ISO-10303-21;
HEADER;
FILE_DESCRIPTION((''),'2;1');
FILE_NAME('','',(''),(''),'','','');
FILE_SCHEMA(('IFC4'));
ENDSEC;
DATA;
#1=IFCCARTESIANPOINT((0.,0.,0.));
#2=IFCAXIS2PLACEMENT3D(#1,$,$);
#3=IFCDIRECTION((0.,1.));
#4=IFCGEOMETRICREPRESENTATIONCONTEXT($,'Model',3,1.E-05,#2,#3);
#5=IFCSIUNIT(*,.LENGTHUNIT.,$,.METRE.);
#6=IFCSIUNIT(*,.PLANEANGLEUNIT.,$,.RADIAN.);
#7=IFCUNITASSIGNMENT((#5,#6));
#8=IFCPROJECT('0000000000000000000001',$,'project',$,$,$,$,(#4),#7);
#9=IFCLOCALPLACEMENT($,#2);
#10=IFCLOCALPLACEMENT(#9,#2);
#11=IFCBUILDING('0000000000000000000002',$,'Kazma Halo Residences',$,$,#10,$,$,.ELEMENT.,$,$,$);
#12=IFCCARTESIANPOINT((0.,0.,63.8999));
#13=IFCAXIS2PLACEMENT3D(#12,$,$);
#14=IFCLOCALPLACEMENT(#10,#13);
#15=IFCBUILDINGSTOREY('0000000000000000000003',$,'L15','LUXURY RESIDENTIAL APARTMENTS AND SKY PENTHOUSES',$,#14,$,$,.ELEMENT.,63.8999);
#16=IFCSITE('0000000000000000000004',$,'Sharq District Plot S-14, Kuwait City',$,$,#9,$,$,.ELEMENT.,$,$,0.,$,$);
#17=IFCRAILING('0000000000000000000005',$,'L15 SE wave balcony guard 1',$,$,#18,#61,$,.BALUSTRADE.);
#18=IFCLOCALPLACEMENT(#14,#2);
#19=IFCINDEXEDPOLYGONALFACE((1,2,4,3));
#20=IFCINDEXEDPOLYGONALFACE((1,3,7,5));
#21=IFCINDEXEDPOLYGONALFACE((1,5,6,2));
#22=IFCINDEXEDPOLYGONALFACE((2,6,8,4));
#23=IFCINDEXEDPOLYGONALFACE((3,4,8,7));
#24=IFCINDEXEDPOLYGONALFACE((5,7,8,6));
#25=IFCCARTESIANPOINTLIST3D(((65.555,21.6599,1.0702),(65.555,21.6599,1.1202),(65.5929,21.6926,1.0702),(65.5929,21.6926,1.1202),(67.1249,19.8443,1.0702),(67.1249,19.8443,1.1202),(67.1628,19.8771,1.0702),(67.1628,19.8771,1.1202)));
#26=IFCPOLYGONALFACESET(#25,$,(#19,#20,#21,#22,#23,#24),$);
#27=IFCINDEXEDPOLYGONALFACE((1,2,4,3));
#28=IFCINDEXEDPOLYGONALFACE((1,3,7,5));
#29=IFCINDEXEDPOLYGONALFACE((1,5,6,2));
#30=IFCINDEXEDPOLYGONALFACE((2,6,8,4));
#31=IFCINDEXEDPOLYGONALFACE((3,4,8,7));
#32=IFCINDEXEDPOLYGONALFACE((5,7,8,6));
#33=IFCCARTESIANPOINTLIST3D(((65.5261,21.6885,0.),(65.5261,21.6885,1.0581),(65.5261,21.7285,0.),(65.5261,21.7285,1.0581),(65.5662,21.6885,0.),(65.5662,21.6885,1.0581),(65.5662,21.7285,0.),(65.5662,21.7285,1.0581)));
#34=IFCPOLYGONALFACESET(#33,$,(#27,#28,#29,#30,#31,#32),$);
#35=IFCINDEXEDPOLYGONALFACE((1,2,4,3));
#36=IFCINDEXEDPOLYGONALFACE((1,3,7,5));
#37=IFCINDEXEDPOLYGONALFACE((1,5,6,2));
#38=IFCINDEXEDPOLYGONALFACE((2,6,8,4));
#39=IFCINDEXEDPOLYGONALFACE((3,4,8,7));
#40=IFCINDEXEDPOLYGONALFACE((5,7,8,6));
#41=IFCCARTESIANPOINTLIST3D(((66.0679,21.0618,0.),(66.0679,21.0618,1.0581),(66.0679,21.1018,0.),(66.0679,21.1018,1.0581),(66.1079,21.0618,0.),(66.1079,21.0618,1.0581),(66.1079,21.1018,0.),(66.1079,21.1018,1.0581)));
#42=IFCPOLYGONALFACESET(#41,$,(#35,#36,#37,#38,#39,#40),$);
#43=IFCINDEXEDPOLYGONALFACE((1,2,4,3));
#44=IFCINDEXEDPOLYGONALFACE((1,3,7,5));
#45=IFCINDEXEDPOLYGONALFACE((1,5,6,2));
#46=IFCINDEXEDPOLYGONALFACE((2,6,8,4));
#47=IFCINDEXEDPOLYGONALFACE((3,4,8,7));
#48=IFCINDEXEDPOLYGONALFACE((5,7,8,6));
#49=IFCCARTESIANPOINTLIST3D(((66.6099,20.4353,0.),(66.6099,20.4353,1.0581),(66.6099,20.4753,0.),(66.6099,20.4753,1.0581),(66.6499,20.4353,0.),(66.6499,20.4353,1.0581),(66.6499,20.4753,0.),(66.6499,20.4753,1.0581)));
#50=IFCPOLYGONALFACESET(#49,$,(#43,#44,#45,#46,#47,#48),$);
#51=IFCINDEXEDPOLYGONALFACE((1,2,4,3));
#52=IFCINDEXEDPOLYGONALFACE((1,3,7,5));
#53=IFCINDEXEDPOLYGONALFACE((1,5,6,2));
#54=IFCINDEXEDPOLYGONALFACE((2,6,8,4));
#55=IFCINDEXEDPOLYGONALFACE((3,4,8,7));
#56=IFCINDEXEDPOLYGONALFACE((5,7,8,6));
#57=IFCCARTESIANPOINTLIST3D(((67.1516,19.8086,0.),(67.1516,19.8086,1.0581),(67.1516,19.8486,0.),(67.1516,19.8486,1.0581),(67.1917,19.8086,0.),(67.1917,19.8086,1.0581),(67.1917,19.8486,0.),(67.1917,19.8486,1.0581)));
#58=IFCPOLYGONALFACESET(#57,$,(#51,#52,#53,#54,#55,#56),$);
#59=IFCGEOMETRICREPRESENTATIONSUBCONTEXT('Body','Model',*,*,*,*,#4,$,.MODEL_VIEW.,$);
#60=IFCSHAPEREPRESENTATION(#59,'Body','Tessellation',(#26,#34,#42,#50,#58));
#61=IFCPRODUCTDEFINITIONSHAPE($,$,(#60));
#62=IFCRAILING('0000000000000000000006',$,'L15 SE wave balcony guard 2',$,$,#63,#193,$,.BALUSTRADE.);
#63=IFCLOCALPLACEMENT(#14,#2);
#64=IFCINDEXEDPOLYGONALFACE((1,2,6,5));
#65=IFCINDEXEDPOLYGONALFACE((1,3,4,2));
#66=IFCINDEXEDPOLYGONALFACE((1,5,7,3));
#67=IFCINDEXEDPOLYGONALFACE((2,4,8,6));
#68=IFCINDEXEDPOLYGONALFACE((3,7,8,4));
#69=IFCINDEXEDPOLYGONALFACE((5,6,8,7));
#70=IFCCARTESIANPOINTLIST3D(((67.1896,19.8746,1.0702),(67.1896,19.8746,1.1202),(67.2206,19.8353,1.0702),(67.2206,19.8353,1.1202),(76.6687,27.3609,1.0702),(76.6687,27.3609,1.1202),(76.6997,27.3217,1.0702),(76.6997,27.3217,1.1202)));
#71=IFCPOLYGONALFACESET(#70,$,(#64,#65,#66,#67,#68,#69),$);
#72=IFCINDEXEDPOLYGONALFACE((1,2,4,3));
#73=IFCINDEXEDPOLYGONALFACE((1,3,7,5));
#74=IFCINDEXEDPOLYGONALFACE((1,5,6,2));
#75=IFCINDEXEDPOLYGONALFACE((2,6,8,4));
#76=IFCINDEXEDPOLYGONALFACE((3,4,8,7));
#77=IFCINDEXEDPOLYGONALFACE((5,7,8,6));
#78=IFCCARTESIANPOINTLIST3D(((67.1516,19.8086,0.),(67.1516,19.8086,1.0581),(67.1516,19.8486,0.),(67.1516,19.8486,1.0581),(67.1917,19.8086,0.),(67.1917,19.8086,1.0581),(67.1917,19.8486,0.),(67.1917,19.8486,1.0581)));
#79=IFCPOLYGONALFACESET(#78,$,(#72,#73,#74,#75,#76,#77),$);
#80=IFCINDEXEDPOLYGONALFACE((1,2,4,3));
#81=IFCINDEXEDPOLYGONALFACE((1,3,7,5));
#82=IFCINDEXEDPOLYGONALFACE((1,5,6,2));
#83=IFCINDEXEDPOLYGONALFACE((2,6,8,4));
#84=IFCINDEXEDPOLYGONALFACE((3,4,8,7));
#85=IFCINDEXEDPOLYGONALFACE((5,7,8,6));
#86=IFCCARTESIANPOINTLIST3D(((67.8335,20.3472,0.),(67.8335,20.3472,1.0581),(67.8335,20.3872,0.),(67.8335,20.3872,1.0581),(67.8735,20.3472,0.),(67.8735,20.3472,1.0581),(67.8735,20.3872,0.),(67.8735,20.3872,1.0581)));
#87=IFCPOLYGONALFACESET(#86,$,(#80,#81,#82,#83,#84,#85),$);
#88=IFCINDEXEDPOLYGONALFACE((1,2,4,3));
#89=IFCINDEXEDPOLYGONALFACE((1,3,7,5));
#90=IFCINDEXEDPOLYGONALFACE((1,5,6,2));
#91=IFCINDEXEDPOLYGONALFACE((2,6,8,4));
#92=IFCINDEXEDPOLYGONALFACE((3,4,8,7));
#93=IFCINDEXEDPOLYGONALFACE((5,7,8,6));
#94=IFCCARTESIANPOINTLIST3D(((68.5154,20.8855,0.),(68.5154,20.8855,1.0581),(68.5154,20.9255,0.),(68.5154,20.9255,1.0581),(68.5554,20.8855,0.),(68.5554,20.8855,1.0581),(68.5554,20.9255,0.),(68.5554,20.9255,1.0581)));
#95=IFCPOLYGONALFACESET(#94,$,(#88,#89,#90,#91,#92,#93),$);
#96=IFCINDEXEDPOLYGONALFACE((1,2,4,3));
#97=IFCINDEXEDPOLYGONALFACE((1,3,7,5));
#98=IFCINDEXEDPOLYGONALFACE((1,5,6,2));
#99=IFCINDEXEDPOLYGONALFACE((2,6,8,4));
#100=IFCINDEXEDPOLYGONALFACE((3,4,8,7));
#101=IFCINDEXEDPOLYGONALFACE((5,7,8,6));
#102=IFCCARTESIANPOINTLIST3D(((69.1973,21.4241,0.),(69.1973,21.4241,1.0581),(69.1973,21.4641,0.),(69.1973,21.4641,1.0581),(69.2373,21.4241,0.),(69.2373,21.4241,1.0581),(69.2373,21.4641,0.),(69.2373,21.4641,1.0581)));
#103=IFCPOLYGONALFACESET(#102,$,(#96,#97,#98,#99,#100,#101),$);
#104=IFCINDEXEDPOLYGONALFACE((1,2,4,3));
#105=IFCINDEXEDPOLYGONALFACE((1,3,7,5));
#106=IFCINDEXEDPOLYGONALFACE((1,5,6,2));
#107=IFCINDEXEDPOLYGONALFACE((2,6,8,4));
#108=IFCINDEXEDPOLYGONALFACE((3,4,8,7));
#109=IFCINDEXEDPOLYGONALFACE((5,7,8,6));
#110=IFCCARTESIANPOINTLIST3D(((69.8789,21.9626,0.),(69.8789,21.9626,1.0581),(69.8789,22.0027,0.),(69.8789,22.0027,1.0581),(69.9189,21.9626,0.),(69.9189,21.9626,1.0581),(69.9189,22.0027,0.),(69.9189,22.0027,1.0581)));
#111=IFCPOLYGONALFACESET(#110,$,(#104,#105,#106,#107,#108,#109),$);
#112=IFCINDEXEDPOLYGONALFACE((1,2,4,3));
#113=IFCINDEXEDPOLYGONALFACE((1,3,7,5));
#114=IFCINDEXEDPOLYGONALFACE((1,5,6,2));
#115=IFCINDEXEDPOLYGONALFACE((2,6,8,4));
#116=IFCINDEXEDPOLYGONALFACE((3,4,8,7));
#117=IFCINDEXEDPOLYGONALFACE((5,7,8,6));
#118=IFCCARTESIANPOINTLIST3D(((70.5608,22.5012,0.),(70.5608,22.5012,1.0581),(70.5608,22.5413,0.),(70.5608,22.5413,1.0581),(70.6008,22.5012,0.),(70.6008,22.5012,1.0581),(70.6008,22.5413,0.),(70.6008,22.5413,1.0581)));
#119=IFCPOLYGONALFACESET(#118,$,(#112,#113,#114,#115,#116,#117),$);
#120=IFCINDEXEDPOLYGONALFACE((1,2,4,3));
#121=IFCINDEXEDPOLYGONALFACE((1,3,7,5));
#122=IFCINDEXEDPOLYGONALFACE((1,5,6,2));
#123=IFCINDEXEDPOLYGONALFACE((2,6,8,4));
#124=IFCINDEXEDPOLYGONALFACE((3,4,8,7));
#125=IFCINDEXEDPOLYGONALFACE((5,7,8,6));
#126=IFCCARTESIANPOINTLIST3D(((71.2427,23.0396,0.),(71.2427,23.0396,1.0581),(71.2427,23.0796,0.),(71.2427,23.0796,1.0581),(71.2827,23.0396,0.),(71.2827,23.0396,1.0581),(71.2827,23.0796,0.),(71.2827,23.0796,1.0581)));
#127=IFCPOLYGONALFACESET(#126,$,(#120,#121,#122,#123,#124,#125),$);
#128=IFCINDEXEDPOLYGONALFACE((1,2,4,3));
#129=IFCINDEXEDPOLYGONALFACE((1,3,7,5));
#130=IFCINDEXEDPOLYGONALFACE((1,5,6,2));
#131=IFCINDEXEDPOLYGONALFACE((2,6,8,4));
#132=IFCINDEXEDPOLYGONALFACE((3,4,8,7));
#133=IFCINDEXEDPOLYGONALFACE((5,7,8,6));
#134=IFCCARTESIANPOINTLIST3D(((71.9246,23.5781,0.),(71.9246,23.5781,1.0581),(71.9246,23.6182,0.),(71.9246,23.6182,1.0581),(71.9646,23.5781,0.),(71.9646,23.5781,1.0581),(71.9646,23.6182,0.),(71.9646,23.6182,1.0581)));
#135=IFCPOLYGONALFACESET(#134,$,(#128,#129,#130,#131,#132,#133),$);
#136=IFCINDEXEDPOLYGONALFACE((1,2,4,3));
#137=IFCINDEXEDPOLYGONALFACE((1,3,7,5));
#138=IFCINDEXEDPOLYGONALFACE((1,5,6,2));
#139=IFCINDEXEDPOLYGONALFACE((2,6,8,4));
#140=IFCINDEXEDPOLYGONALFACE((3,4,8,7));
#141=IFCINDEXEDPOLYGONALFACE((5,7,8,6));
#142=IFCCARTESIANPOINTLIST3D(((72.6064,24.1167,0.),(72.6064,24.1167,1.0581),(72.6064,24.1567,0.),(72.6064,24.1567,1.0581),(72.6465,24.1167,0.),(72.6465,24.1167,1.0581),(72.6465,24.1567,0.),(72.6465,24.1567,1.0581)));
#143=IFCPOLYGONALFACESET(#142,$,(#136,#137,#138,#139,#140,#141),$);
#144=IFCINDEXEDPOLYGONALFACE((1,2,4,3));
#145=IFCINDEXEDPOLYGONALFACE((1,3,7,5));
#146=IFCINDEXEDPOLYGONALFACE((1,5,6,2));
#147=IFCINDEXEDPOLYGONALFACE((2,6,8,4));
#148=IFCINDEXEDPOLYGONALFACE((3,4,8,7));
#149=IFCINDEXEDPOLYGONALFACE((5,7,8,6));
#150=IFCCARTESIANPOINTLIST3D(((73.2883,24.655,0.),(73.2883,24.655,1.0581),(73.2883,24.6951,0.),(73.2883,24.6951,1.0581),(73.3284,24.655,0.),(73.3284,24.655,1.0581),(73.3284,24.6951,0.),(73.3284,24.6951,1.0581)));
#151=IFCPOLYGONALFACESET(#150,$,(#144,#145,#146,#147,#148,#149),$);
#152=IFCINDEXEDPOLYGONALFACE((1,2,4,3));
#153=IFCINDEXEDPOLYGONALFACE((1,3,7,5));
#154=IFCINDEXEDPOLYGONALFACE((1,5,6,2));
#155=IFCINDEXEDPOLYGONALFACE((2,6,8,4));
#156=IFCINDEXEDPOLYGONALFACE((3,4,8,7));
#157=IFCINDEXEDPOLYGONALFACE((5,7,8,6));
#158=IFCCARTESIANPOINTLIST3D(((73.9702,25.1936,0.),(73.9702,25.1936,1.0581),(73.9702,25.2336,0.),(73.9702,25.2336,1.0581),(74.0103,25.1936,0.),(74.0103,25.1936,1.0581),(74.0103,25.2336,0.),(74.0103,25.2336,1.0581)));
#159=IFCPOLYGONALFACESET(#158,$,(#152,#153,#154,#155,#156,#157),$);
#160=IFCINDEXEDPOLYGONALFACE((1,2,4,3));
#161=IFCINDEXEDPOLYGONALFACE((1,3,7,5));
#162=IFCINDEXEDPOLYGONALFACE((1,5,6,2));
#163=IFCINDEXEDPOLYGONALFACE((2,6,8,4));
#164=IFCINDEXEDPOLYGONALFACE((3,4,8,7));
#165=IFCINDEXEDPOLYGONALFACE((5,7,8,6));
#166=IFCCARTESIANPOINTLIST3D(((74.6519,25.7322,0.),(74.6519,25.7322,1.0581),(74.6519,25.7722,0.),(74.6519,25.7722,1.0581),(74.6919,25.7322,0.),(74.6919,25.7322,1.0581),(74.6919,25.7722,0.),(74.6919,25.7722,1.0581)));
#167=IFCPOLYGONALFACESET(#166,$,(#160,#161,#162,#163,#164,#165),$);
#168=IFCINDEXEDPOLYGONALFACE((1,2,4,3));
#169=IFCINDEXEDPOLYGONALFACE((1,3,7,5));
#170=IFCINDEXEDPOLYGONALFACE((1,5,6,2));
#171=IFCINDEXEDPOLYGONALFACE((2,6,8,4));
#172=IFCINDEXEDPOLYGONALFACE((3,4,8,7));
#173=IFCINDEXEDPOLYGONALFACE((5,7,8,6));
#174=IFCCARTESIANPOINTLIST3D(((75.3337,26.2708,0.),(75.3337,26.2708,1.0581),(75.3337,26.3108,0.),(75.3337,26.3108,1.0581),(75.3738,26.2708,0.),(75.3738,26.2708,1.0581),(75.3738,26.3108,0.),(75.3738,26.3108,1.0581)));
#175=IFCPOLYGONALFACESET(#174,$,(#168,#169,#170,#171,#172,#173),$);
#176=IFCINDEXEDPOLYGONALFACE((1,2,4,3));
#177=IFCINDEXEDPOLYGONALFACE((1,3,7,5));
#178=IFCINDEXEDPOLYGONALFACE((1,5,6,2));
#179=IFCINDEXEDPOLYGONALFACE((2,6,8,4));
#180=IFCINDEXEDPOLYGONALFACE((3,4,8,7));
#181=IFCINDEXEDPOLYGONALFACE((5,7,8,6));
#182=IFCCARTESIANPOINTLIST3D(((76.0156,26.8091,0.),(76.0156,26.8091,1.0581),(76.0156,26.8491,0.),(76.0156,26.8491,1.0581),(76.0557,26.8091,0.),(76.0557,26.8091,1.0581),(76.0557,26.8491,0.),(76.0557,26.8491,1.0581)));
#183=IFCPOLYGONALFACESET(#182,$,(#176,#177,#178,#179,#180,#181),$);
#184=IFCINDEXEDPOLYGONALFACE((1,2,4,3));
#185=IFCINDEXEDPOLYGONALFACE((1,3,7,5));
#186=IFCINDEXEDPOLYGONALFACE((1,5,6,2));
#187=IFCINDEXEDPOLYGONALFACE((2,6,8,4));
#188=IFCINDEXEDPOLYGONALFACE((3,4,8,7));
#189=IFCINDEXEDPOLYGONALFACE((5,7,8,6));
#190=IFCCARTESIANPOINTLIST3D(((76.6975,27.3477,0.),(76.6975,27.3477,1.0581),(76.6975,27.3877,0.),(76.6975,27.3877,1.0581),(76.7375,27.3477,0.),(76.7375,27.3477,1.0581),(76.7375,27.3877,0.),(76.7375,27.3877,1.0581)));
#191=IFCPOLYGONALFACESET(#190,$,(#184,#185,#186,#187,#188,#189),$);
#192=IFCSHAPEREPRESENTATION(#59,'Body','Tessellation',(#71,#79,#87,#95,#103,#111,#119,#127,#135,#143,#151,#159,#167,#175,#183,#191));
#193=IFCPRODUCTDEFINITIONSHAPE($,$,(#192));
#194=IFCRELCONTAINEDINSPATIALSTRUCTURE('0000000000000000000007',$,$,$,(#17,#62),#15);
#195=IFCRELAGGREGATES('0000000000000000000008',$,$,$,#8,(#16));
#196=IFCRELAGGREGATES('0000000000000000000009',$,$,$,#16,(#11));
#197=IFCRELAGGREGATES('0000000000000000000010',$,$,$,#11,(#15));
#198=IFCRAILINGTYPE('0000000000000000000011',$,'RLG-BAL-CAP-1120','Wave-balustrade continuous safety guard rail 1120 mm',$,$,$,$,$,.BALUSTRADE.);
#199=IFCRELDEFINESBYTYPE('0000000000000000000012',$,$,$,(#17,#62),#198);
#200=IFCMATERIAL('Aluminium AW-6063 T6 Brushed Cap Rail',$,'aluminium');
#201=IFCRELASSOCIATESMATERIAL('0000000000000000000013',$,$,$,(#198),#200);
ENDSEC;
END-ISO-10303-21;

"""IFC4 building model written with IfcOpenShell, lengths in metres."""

from ifc_helpers import new_model, si_unit, direction, frame, origin, origin_2d, place, context, subcontext, project, spatial, rectangle, extrude, material, type_object, element, save


model = new_model("IFC4")

# Units and contexts
model_context = context("Model", 3, precision=1e-05, world=origin(), true_north=direction((0.0, 1.0)))
body_context = subcontext(model_context, "Body", "Model", "MODEL_VIEW")
ifc_project = project(units=[si_unit("LENGTHUNIT", "METRE"), si_unit("PLANEANGLEUNIT", "RADIAN")], contexts=[model_context])

# Site, building, storey
site_placement = place(None, origin())
site = spatial("IfcSite", under=ifc_project, at=site_placement, Name="Sharq District Plot S-14, Kuwait City", CompositionType="ELEMENT", RefElevation=0.0)
building_placement = place(site_placement, origin())
building = spatial("IfcBuilding", under=site, at=building_placement, Name="Kazma Halo Residences", CompositionType="ELEMENT")
storey_placement = place(building_placement, frame((0.0, 0.0, 63.8999)))
storey = spatial("IfcBuildingStorey", under=building, at=storey_placement, Name="L15", Description="LUXURY RESIDENTIAL APARTMENTS AND SKY PENTHOUSES", CompositionType="ELEMENT", Elevation=63.8999)

# Railings
ifc_material_1 = material(Name="Aluminium AW-6063 T6 Brushed Cap Rail", Category="aluminium")
railing_type = type_object("IfcRailingType", Name="RLG-BAL-CAP-1120", Description="Wave-balustrade continuous safety guard rail 1120 mm", PredefinedType="BALUSTRADE", material=ifc_material_1)
railing_1_placement = place(storey_placement, frame((65.5461, 21.7085, 0.0)))
element("IfcRailing", 1, at=railing_1_placement, inside=storey, type_object=railing_type, Name="L15 SE wave balcony guard 1", PredefinedType="BALUSTRADE", context=body_context, shape_type="SweptSolid", body=[
    extrude(rectangle(XDim=0.05, YDim=0.05, at=origin_2d()), frame((0.0278, -0.0322, 1.0952), z_axis=(0.65407, -0.756434, 0.0), x_axis=(0.756434, 0.65407, 0.0)), (0.0, 0.0, 1.0), 2.4001),
    extrude(rectangle(XDim=0.04, YDim=0.04, at=origin_2d()), origin(), (0.0, 0.0, 1.0), 1.0581),
    extrude(rectangle(XDim=0.04, YDim=0.04, at=origin_2d()), frame((0.5417, -0.6267, 0.0)), (0.0, 0.0, 1.0), 1.0581),
    extrude(rectangle(XDim=0.04, YDim=0.04, at=origin_2d()), frame((1.0837, -1.2532, 0.0)), (0.0, 0.0, 1.0), 1.0581),
    extrude(rectangle(XDim=0.04, YDim=0.04, at=origin_2d()), frame((1.6255, -1.8799, 0.0)), (0.0, 0.0, 1.0), 1.0581),
])
railing_2_placement = place(storey_placement, frame((67.1716, 19.8286, 0.0)))
element("IfcRailing", 2, at=railing_2_placement, inside=storey, type_object=railing_type, Name="L15 SE wave balcony guard 2", PredefinedType="BALUSTRADE", context=body_context, shape_type="SweptSolid", body=[
    extrude(rectangle(XDim=0.05, YDim=0.05, at=origin_2d()), frame((0.0334, 0.0264, 1.0952), z_axis=(0.78477, 0.619787, 0.0), x_axis=(-0.619787, 0.78477, 0.0)), (0.0, 0.0, 1.0), 12.0789),
    extrude(rectangle(XDim=0.04, YDim=0.04, at=origin_2d()), origin(), (0.0, 0.0, 1.0), 1.0581),
    extrude(rectangle(XDim=0.04, YDim=0.04, at=origin_2d()), frame((0.6819, 0.5386, 0.0)), (0.0, 0.0, 1.0), 1.0581),
    extrude(rectangle(XDim=0.04, YDim=0.04, at=origin_2d()), frame((1.3638, 1.0769, 0.0)), (0.0, 0.0, 1.0), 1.0581),
    extrude(rectangle(XDim=0.04, YDim=0.04, at=origin_2d()), frame((2.0457, 1.6155, 0.0)), (0.0, 0.0, 1.0), 1.0581),
    extrude(rectangle(XDim=0.04, YDim=0.04, at=origin_2d()), frame((2.7273, 2.1541, 0.0)), (0.0, 0.0, 1.0), 1.0581),
    extrude(rectangle(XDim=0.04, YDim=0.04, at=origin_2d()), frame((3.4092, 2.6926, 0.0)), (0.0, 0.0, 1.0), 1.0581),
    extrude(rectangle(XDim=0.04, YDim=0.04, at=origin_2d()), frame((4.0911, 3.231, 0.0)), (0.0, 0.0, 1.0), 1.0581),
    extrude(rectangle(XDim=0.04, YDim=0.04, at=origin_2d()), frame((4.7729, 3.7695, 0.0)), (0.0, 0.0, 1.0), 1.0581),
    extrude(rectangle(XDim=0.04, YDim=0.04, at=origin_2d()), frame((5.4548, 4.3081, 0.0)), (0.0, 0.0, 1.0), 1.0581),
    extrude(rectangle(XDim=0.04, YDim=0.04, at=origin_2d()), frame((6.1367, 4.8464, 0.0)), (0.0, 0.0, 1.0), 1.0581),
    extrude(rectangle(XDim=0.04, YDim=0.04, at=origin_2d()), frame((6.8186, 5.385, 0.0)), (0.0, 0.0, 1.0), 1.0581),
    extrude(rectangle(XDim=0.04, YDim=0.04, at=origin_2d()), frame((7.5002, 5.9236, 0.0)), (0.0, 0.0, 1.0), 1.0581),
    extrude(rectangle(XDim=0.04, YDim=0.04, at=origin_2d()), frame((8.1821, 6.4622, 0.0)), (0.0, 0.0, 1.0), 1.0581),
    extrude(rectangle(XDim=0.04, YDim=0.04, at=origin_2d()), frame((8.864, 7.0005, 0.0)), (0.0, 0.0, 1.0), 1.0581),
    extrude(rectangle(XDim=0.04, YDim=0.04, at=origin_2d()), frame((9.5459, 7.5391, 0.0)), (0.0, 0.0, 1.0), 1.0581),
])

save(model, "model.ifc")
